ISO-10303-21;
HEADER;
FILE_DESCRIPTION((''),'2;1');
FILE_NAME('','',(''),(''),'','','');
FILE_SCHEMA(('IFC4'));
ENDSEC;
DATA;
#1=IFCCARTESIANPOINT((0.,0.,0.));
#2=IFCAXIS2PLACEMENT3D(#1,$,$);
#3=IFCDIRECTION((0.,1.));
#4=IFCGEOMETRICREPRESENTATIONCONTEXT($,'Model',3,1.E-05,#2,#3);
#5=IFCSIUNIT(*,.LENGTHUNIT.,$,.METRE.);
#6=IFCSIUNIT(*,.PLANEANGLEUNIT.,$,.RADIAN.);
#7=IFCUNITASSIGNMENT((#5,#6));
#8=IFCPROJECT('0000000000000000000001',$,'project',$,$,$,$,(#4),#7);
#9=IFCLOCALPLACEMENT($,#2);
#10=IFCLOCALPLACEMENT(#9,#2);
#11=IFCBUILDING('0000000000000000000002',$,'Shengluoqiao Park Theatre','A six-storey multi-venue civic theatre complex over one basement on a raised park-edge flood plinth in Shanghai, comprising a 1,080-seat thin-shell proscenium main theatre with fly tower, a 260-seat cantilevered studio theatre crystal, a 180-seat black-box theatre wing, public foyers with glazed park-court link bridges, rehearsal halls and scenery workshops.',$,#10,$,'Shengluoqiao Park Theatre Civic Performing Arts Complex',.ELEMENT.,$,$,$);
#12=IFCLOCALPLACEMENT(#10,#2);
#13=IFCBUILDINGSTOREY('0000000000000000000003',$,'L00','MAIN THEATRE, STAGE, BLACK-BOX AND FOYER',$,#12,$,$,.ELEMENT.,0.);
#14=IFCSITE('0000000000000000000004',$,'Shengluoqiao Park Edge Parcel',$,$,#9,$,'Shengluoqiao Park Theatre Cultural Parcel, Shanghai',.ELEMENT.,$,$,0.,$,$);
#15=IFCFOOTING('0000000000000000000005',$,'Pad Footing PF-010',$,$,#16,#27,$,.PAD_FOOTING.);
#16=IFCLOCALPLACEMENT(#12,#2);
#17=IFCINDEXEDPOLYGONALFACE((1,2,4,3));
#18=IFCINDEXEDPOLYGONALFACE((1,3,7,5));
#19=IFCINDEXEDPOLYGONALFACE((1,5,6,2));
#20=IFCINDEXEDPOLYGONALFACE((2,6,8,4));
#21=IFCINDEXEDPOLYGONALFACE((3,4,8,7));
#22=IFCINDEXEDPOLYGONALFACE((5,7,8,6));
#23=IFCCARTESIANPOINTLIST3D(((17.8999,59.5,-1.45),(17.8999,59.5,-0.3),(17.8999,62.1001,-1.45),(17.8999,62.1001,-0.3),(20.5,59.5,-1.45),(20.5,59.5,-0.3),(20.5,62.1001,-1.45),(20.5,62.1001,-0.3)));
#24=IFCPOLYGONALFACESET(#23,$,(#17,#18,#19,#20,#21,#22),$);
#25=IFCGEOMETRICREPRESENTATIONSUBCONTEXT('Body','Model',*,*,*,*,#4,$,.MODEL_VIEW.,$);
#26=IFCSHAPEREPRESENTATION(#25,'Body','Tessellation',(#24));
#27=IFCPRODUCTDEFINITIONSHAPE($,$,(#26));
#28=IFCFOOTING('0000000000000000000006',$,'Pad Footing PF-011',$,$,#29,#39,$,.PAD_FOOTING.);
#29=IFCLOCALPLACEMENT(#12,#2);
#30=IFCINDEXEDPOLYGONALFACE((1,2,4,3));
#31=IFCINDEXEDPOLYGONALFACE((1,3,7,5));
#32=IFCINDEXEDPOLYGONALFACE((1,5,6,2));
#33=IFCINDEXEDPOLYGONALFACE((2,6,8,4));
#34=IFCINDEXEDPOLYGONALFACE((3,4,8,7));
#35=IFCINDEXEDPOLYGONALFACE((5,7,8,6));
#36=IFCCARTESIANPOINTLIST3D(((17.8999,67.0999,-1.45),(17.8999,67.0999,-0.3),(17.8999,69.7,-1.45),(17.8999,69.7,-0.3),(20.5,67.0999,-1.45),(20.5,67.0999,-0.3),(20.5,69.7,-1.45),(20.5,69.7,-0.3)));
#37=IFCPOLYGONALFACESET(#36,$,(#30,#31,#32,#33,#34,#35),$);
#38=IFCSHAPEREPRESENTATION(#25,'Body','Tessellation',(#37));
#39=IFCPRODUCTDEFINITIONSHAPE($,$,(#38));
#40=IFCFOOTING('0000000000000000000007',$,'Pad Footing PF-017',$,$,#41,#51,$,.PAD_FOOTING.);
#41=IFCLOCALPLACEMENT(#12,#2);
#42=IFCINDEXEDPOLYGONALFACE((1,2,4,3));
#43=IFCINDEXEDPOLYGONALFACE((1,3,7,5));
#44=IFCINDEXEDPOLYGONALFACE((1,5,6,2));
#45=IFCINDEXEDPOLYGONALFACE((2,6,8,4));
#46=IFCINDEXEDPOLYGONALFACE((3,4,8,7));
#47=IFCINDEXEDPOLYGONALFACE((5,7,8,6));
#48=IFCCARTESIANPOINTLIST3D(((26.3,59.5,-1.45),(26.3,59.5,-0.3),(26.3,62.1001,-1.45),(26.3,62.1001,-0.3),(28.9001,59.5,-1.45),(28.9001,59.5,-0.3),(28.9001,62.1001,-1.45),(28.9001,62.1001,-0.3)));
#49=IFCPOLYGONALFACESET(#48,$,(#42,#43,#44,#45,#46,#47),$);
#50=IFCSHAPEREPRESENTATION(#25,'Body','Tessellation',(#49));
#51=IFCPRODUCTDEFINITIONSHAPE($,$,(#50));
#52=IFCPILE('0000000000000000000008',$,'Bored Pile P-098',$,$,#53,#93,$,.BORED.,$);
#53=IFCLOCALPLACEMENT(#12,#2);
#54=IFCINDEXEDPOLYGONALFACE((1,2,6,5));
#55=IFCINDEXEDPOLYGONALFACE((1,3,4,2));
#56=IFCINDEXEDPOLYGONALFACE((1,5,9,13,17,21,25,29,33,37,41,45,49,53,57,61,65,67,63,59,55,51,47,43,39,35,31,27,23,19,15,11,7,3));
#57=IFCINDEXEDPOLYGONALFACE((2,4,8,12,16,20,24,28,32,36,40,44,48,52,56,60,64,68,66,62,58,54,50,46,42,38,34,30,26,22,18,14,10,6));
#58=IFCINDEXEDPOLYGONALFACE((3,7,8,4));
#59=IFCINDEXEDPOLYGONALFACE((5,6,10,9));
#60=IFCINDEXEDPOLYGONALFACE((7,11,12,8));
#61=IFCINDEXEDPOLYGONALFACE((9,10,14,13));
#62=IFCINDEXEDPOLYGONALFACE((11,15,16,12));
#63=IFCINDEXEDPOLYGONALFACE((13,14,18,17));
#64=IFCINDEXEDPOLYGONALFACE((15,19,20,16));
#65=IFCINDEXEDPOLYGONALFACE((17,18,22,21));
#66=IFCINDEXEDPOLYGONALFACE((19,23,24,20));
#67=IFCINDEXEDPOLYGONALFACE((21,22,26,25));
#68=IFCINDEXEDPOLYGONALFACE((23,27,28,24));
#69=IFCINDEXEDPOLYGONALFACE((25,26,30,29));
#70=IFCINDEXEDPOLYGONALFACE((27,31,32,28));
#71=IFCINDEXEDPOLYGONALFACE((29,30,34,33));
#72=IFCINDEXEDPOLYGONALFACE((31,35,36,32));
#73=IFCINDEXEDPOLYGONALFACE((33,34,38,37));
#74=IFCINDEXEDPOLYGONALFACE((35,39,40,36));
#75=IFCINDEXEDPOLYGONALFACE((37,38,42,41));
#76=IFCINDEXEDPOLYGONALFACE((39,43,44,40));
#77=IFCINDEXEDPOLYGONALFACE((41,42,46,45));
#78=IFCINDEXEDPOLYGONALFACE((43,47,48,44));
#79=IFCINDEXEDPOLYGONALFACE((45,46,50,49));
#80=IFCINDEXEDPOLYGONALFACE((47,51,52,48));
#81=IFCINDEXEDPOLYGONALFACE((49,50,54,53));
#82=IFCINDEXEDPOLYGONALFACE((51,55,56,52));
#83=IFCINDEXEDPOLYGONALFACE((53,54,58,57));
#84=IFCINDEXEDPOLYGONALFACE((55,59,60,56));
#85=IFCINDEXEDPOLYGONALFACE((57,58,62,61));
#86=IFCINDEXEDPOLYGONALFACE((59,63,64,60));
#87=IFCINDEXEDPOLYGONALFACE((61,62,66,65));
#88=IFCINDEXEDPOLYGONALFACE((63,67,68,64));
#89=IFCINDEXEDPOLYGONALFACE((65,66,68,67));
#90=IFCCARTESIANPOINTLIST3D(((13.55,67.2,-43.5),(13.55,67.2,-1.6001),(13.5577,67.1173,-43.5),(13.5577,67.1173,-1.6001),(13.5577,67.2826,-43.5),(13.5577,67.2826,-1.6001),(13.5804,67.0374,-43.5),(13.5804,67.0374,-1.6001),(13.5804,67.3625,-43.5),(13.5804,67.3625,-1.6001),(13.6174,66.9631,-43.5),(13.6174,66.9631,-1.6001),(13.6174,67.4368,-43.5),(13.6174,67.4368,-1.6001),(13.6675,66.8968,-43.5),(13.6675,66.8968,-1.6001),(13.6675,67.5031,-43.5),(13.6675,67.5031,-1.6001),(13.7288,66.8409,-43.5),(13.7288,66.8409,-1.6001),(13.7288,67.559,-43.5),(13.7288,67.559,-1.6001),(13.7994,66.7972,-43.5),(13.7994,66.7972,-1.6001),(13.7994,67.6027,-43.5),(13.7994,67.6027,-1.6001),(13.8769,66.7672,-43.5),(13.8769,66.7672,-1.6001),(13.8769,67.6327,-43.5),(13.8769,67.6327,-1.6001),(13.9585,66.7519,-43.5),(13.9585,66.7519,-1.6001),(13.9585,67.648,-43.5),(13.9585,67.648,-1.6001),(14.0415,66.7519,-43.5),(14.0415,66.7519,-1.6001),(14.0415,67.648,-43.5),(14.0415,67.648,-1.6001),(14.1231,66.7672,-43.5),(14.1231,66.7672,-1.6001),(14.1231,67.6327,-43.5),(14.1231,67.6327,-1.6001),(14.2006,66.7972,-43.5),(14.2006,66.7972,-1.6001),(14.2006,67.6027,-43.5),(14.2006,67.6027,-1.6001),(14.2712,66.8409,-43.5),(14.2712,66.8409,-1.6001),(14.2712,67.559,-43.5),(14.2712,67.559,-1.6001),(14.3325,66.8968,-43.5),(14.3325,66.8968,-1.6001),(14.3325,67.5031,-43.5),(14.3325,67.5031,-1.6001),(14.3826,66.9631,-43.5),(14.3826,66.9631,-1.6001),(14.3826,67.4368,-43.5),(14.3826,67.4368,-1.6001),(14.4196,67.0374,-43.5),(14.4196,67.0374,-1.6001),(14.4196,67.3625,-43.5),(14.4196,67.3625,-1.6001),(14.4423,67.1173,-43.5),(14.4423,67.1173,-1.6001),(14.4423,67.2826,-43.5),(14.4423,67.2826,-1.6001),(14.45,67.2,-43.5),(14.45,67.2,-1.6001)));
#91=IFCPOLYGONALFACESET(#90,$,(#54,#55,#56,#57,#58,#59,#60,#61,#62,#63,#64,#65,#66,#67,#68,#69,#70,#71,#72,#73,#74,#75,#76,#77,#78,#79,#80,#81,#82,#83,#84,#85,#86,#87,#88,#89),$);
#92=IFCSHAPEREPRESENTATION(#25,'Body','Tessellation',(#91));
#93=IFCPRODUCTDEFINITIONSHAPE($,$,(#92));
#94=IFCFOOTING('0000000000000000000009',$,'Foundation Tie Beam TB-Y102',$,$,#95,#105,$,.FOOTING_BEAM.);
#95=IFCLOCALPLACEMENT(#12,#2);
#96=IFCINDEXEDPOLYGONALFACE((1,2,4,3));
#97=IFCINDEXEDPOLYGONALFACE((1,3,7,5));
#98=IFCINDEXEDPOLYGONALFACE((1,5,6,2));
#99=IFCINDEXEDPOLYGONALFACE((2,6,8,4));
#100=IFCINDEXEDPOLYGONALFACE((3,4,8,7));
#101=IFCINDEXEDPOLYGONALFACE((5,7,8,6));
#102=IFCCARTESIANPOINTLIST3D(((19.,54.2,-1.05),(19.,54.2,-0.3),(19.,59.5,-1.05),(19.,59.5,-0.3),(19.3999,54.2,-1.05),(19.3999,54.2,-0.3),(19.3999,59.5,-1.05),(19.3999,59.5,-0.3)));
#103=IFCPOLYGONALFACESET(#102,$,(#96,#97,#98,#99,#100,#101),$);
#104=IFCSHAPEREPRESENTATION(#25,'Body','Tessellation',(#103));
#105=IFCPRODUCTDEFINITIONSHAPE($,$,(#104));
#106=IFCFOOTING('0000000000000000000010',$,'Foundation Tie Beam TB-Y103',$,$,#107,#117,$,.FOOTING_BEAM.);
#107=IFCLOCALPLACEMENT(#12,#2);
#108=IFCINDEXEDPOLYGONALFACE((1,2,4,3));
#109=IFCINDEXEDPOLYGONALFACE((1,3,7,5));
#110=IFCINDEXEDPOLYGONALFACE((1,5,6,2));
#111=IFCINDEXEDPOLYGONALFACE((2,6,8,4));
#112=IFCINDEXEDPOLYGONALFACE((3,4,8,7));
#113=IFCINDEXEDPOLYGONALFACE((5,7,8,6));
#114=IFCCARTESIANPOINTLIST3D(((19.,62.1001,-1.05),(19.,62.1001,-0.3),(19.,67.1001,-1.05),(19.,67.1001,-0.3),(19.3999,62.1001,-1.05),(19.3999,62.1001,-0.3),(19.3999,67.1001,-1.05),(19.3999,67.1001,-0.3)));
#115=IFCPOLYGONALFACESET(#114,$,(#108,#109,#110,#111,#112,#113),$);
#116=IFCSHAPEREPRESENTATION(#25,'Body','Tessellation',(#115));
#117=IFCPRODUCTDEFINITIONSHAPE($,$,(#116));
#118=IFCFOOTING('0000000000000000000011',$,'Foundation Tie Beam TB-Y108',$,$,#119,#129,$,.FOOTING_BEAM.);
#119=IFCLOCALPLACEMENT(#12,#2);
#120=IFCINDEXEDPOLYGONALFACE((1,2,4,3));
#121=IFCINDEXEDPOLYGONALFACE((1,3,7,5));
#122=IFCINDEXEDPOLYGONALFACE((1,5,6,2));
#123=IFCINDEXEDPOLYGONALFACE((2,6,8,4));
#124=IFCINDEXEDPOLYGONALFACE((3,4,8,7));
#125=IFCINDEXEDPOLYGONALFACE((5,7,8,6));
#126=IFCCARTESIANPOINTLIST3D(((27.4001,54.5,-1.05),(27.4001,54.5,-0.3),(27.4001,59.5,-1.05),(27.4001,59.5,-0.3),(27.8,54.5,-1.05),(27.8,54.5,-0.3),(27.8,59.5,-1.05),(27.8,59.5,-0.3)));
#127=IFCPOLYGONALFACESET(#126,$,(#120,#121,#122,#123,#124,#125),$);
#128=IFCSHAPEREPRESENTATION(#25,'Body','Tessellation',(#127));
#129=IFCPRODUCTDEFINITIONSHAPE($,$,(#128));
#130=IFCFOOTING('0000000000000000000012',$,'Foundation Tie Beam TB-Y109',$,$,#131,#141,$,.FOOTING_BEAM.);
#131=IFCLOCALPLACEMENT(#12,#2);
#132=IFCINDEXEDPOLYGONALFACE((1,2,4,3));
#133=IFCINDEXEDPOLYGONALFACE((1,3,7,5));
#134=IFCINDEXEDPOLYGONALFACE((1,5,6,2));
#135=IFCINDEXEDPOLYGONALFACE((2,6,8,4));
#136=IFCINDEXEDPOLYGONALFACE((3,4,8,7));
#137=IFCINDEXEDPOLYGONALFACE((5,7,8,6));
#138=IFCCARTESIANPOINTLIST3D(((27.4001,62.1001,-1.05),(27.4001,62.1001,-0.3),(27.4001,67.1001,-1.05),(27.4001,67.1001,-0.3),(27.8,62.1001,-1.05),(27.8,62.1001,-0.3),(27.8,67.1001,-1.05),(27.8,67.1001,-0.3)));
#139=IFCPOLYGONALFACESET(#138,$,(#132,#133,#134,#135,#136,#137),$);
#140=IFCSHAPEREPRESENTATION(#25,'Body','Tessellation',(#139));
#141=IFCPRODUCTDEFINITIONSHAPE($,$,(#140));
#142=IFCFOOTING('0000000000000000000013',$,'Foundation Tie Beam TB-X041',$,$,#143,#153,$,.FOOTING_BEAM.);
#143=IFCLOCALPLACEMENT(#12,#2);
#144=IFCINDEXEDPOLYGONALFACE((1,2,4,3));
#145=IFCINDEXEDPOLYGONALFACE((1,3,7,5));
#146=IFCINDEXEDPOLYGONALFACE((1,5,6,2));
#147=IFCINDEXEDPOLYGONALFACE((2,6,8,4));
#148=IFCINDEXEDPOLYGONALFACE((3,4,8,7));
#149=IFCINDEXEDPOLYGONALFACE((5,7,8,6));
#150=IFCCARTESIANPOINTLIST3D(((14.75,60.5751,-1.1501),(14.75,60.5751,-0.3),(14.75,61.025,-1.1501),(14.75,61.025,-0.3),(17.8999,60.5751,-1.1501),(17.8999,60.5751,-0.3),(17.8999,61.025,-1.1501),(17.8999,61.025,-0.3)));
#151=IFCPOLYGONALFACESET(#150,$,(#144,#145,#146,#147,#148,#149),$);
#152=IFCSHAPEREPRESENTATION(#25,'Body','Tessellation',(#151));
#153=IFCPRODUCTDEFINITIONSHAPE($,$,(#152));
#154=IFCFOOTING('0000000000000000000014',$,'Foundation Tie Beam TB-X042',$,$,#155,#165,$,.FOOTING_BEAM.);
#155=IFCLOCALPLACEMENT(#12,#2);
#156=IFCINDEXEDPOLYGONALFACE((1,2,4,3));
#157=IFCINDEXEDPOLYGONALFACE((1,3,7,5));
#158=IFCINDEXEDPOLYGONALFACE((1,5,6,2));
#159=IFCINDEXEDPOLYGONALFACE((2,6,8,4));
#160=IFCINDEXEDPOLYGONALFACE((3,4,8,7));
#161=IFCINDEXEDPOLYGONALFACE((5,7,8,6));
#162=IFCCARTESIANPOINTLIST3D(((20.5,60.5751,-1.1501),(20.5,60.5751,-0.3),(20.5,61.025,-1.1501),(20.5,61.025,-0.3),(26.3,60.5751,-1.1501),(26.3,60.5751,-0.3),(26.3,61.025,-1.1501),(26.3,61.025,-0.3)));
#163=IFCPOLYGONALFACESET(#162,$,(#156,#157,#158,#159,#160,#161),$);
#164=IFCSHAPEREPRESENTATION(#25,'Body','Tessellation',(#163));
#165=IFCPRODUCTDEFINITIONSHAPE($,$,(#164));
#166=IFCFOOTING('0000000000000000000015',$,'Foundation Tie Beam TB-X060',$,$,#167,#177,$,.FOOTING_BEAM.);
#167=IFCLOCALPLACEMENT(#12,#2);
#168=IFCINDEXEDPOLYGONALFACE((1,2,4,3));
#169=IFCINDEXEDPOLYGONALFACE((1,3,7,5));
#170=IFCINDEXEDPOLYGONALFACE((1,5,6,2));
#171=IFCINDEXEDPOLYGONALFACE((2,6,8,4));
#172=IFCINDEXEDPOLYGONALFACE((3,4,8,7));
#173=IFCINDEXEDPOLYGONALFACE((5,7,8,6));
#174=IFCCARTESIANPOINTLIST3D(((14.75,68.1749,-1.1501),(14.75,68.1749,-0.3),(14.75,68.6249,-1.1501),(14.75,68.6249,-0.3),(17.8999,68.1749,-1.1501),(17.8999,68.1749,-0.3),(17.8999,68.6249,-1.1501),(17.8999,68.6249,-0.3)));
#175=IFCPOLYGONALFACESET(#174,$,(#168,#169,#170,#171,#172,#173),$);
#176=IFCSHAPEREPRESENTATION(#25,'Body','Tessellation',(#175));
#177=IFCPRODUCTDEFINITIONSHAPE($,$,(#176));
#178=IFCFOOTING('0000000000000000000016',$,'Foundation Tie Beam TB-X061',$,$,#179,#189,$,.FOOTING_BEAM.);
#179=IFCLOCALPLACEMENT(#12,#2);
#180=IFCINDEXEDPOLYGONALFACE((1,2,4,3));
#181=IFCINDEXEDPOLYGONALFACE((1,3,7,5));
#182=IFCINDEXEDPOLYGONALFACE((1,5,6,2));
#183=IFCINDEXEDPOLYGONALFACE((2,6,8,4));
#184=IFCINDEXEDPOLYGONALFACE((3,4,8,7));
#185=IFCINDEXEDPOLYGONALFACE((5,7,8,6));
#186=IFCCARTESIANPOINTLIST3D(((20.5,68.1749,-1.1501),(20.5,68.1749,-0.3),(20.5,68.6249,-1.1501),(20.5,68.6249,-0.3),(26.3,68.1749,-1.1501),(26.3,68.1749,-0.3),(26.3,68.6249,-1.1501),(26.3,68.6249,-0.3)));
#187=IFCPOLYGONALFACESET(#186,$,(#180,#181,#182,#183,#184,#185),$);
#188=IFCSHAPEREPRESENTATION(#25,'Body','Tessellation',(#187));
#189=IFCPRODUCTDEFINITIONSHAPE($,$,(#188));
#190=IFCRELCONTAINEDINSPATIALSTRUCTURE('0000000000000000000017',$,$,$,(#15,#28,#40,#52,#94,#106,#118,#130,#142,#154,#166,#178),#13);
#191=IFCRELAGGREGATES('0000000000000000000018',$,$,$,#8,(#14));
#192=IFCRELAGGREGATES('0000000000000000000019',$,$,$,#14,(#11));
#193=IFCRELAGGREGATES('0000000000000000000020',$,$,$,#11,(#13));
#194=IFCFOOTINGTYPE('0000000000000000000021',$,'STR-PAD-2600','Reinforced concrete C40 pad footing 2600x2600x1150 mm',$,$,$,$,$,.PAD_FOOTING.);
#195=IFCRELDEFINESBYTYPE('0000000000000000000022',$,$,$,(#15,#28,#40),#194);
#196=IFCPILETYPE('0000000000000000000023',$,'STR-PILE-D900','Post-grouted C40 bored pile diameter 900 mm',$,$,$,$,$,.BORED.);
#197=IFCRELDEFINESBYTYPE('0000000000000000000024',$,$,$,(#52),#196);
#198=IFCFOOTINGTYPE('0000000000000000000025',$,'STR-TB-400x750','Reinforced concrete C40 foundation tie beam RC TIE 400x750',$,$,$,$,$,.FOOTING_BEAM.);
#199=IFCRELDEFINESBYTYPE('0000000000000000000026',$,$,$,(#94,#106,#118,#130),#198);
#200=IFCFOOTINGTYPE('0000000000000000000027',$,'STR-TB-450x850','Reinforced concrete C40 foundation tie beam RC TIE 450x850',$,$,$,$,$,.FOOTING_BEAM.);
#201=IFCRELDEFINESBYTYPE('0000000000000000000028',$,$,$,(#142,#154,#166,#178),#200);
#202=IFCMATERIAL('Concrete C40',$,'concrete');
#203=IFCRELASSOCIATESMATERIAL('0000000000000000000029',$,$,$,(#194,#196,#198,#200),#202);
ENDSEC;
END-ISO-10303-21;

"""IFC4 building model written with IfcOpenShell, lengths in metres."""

from ifc_helpers import new_model, si_unit, direction, frame, origin, origin_2d, place, context, subcontext, project, spatial, rectangle, circle, extrude, material, material_profile, profile_set, type_object, element, save


model = new_model("IFC4")

# Units and contexts
model_context = context("Model", 3, precision=1e-05, world=origin(), true_north=direction((0.0, 1.0)))
body_context = subcontext(model_context, "Body", "Model", "MODEL_VIEW")
ifc_project = project(units=[si_unit("LENGTHUNIT", "METRE"), si_unit("PLANEANGLEUNIT", "RADIAN")], contexts=[model_context])

# Site, building, storey
site_placement = place(None, origin())
site = spatial("IfcSite", under=ifc_project, at=site_placement, Name="Shengluoqiao Park Edge Parcel", LongName="Shengluoqiao Park Theatre Cultural Parcel, Shanghai", CompositionType="ELEMENT", RefElevation=0.0)
building_placement = place(site_placement, origin())
building = spatial("IfcBuilding", under=site, at=building_placement, Name="Shengluoqiao Park Theatre", Description="A six-storey multi-venue civic theatre complex over one basement on a raised park-edge flood plinth in Shanghai, comprising a 1,080-seat thin-shell proscenium main theatre with fly tower, a 260-seat cantilevered studio theatre crystal, a 180-seat black-box theatre wing, public foyers with glazed park-court link bridges, rehearsal halls and scenery workshops.", LongName="Shengluoqiao Park Theatre Civic Performing Arts Complex", CompositionType="ELEMENT")
storey_placement = place(building_placement, origin())
storey = spatial("IfcBuildingStorey", under=building, at=storey_placement, Name="L00", Description="MAIN THEATRE, STAGE, BLACK-BOX AND FOYER", CompositionType="ELEMENT", Elevation=0.0)

# Footings
ifc_material_1 = material(Name="Concrete C40", Category="concrete")
footing_type_1 = type_object("IfcFootingType", Name="STR-PAD-2600", Description="Reinforced concrete C40 pad footing 2600x2600x1150 mm", PredefinedType="PAD_FOOTING", material=ifc_material_1)
for number, where, z_axis, x_axis, name in (
    (1, (19.2, 60.8, -1.45), (0.0, 0.0, 1.0), (1.0, 0.0, 0.0), "Pad Footing PF-010"),
    (2, (19.2, 68.3999, -1.45), (0.0, 0.0, 1.0), (1.0, 0.0, 0.0), "Pad Footing PF-011"),
    (3, (27.6001, 60.8, -1.45), (0.0, 0.0, 1.0), (1.0, 0.0, 0.0), "Pad Footing PF-017"),
):
    element("IfcFooting", number, at=place(storey_placement, frame(where, z_axis=z_axis, x_axis=x_axis)), inside=storey, type_object=footing_type_1, Name=name, PredefinedType="PAD_FOOTING", context=body_context, shape_type="SweptSolid", body=[
        extrude(rectangle(XDim=2.6001, YDim=2.6001, at=origin_2d()), origin(), (0.0, 0.0, 1.0), 1.1499),
    ])

# Pile
ifc_material_profile_1 = material_profile(ifc_material_1, circle(Radius=0.45, at=origin_2d()), Name="BORED PILE D900")
ifc_profile_set_1 = profile_set([ifc_material_profile_1], Name="Concrete C40")
pile_type = type_object("IfcPileType", Name="STR-PILE-D900", Description="Post-grouted C40 bored pile diameter 900 mm", PredefinedType="BORED", material=ifc_profile_set_1)
pile_placement = place(storey_placement, frame((14.0, 67.2, -1.6001), z_axis=(0.0, 0.0, -1.0), x_axis=(1.0, 0.0, 0.0)))
element("IfcPile", 4, at=pile_placement, inside=storey, type_object=pile_type, Name="Bored Pile P-098", PredefinedType="BORED", context=body_context, shape_type="SweptSolid", body=[
    extrude(circle(Radius=0.45, at=origin_2d()), origin(), (0.0, 0.0, 1.0), 41.8999),
])

# Footings
ifc_material_profile_2 = material_profile(ifc_material_1, rectangle(XDim=0.3999, YDim=0.75, at=origin_2d()), Name="RC TIE 400x750")
ifc_profile_set_2 = profile_set([ifc_material_profile_2], Name="Concrete C40")
footing_type_2 = type_object("IfcFootingType", Name="STR-TB-400x750", Description="Reinforced concrete C40 foundation tie beam RC TIE 400x750", PredefinedType="FOOTING_BEAM", material=ifc_profile_set_2)
footing_1_placement = place(storey_placement, frame((19.2, 54.2, -0.675), z_axis=(0.0, 1.0, 0.0), x_axis=(-1.0, 0.0, 0.0)))
element("IfcFooting", 5, at=footing_1_placement, inside=storey, type_object=footing_type_2, Name="Foundation Tie Beam TB-Y102", PredefinedType="FOOTING_BEAM", context=body_context, shape_type="SweptSolid", body=[
    extrude(rectangle(XDim=0.3999, YDim=0.75, at=origin_2d()), origin(), (0.0, 0.0, 1.0), 5.3),
])
for number, where, z_axis, x_axis, name in (
    (6, (19.2, 62.1001, -0.675), (0.0, 1.0, 0.0), (-1.0, 0.0, 0.0), "Foundation Tie Beam TB-Y103"),
    (7, (27.6001, 54.5, -0.675), (0.0, 1.0, 0.0), (-1.0, 0.0, 0.0), "Foundation Tie Beam TB-Y108"),
    (8, (27.6001, 62.1001, -0.675), (0.0, 1.0, 0.0), (-1.0, 0.0, 0.0), "Foundation Tie Beam TB-Y109"),
):
    element("IfcFooting", number, at=place(storey_placement, frame(where, z_axis=z_axis, x_axis=x_axis)), inside=storey, type_object=footing_type_2, Name=name, PredefinedType="FOOTING_BEAM", context=body_context, shape_type="SweptSolid", body=[
        extrude(rectangle(XDim=0.3999, YDim=0.75, at=origin_2d()), origin(), (0.0, 0.0, 1.0), 5.0),
    ])
ifc_material_profile_3 = material_profile(ifc_material_1, rectangle(XDim=0.45, YDim=0.8501, at=origin_2d()), Name="RC TIE 450x850")
ifc_profile_set_3 = profile_set([ifc_material_profile_3], Name="Concrete C40")
footing_type_3 = type_object("IfcFootingType", Name="STR-TB-450x850", Description="Reinforced concrete C40 foundation tie beam RC TIE 450x850", PredefinedType="FOOTING_BEAM", material=ifc_profile_set_3)
footing_2_placement = place(storey_placement, frame((14.75, 60.8, -0.7251), z_axis=(1.0, 0.0, 0.0), x_axis=(0.0, 1.0, 0.0)))
element("IfcFooting", 9, at=footing_2_placement, inside=storey, type_object=footing_type_3, Name="Foundation Tie Beam TB-X041", PredefinedType="FOOTING_BEAM", context=body_context, shape_type="SweptSolid", body=[
    extrude(rectangle(XDim=0.45, YDim=0.8501, at=origin_2d()), origin(), (0.0, 0.0, 1.0), 3.1499),
])
footing_3_placement = place(storey_placement, frame((20.5, 60.8, -0.7251), z_axis=(1.0, 0.0, 0.0), x_axis=(0.0, 1.0, 0.0)))
element("IfcFooting", 10, at=footing_3_placement, inside=storey, type_object=footing_type_3, Name="Foundation Tie Beam TB-X042", PredefinedType="FOOTING_BEAM", context=body_context, shape_type="SweptSolid", body=[
    extrude(rectangle(XDim=0.45, YDim=0.8501, at=origin_2d()), origin(), (0.0, 0.0, 1.0), 5.8),
])
footing_4_placement = place(storey_placement, frame((14.75, 68.3999, -0.7251), z_axis=(1.0, 0.0, 0.0), x_axis=(0.0, 1.0, 0.0)))
element("IfcFooting", 11, at=footing_4_placement, inside=storey, type_object=footing_type_3, Name="Foundation Tie Beam TB-X060", PredefinedType="FOOTING_BEAM", context=body_context, shape_type="SweptSolid", body=[
    extrude(rectangle(XDim=0.45, YDim=0.8501, at=origin_2d()), origin(), (0.0, 0.0, 1.0), 3.1499),
])
footing_5_placement = place(storey_placement, frame((20.5, 68.3999, -0.7251), z_axis=(1.0, 0.0, 0.0), x_axis=(0.0, 1.0, 0.0)))
element("IfcFooting", 12, at=footing_5_placement, inside=storey, type_object=footing_type_3, Name="Foundation Tie Beam TB-X061", PredefinedType="FOOTING_BEAM", context=body_context, shape_type="SweptSolid", body=[
    extrude(rectangle(XDim=0.45, YDim=0.8501, at=origin_2d()), origin(), (0.0, 0.0, 1.0), 5.8),
])

save(model, "model.ifc")
